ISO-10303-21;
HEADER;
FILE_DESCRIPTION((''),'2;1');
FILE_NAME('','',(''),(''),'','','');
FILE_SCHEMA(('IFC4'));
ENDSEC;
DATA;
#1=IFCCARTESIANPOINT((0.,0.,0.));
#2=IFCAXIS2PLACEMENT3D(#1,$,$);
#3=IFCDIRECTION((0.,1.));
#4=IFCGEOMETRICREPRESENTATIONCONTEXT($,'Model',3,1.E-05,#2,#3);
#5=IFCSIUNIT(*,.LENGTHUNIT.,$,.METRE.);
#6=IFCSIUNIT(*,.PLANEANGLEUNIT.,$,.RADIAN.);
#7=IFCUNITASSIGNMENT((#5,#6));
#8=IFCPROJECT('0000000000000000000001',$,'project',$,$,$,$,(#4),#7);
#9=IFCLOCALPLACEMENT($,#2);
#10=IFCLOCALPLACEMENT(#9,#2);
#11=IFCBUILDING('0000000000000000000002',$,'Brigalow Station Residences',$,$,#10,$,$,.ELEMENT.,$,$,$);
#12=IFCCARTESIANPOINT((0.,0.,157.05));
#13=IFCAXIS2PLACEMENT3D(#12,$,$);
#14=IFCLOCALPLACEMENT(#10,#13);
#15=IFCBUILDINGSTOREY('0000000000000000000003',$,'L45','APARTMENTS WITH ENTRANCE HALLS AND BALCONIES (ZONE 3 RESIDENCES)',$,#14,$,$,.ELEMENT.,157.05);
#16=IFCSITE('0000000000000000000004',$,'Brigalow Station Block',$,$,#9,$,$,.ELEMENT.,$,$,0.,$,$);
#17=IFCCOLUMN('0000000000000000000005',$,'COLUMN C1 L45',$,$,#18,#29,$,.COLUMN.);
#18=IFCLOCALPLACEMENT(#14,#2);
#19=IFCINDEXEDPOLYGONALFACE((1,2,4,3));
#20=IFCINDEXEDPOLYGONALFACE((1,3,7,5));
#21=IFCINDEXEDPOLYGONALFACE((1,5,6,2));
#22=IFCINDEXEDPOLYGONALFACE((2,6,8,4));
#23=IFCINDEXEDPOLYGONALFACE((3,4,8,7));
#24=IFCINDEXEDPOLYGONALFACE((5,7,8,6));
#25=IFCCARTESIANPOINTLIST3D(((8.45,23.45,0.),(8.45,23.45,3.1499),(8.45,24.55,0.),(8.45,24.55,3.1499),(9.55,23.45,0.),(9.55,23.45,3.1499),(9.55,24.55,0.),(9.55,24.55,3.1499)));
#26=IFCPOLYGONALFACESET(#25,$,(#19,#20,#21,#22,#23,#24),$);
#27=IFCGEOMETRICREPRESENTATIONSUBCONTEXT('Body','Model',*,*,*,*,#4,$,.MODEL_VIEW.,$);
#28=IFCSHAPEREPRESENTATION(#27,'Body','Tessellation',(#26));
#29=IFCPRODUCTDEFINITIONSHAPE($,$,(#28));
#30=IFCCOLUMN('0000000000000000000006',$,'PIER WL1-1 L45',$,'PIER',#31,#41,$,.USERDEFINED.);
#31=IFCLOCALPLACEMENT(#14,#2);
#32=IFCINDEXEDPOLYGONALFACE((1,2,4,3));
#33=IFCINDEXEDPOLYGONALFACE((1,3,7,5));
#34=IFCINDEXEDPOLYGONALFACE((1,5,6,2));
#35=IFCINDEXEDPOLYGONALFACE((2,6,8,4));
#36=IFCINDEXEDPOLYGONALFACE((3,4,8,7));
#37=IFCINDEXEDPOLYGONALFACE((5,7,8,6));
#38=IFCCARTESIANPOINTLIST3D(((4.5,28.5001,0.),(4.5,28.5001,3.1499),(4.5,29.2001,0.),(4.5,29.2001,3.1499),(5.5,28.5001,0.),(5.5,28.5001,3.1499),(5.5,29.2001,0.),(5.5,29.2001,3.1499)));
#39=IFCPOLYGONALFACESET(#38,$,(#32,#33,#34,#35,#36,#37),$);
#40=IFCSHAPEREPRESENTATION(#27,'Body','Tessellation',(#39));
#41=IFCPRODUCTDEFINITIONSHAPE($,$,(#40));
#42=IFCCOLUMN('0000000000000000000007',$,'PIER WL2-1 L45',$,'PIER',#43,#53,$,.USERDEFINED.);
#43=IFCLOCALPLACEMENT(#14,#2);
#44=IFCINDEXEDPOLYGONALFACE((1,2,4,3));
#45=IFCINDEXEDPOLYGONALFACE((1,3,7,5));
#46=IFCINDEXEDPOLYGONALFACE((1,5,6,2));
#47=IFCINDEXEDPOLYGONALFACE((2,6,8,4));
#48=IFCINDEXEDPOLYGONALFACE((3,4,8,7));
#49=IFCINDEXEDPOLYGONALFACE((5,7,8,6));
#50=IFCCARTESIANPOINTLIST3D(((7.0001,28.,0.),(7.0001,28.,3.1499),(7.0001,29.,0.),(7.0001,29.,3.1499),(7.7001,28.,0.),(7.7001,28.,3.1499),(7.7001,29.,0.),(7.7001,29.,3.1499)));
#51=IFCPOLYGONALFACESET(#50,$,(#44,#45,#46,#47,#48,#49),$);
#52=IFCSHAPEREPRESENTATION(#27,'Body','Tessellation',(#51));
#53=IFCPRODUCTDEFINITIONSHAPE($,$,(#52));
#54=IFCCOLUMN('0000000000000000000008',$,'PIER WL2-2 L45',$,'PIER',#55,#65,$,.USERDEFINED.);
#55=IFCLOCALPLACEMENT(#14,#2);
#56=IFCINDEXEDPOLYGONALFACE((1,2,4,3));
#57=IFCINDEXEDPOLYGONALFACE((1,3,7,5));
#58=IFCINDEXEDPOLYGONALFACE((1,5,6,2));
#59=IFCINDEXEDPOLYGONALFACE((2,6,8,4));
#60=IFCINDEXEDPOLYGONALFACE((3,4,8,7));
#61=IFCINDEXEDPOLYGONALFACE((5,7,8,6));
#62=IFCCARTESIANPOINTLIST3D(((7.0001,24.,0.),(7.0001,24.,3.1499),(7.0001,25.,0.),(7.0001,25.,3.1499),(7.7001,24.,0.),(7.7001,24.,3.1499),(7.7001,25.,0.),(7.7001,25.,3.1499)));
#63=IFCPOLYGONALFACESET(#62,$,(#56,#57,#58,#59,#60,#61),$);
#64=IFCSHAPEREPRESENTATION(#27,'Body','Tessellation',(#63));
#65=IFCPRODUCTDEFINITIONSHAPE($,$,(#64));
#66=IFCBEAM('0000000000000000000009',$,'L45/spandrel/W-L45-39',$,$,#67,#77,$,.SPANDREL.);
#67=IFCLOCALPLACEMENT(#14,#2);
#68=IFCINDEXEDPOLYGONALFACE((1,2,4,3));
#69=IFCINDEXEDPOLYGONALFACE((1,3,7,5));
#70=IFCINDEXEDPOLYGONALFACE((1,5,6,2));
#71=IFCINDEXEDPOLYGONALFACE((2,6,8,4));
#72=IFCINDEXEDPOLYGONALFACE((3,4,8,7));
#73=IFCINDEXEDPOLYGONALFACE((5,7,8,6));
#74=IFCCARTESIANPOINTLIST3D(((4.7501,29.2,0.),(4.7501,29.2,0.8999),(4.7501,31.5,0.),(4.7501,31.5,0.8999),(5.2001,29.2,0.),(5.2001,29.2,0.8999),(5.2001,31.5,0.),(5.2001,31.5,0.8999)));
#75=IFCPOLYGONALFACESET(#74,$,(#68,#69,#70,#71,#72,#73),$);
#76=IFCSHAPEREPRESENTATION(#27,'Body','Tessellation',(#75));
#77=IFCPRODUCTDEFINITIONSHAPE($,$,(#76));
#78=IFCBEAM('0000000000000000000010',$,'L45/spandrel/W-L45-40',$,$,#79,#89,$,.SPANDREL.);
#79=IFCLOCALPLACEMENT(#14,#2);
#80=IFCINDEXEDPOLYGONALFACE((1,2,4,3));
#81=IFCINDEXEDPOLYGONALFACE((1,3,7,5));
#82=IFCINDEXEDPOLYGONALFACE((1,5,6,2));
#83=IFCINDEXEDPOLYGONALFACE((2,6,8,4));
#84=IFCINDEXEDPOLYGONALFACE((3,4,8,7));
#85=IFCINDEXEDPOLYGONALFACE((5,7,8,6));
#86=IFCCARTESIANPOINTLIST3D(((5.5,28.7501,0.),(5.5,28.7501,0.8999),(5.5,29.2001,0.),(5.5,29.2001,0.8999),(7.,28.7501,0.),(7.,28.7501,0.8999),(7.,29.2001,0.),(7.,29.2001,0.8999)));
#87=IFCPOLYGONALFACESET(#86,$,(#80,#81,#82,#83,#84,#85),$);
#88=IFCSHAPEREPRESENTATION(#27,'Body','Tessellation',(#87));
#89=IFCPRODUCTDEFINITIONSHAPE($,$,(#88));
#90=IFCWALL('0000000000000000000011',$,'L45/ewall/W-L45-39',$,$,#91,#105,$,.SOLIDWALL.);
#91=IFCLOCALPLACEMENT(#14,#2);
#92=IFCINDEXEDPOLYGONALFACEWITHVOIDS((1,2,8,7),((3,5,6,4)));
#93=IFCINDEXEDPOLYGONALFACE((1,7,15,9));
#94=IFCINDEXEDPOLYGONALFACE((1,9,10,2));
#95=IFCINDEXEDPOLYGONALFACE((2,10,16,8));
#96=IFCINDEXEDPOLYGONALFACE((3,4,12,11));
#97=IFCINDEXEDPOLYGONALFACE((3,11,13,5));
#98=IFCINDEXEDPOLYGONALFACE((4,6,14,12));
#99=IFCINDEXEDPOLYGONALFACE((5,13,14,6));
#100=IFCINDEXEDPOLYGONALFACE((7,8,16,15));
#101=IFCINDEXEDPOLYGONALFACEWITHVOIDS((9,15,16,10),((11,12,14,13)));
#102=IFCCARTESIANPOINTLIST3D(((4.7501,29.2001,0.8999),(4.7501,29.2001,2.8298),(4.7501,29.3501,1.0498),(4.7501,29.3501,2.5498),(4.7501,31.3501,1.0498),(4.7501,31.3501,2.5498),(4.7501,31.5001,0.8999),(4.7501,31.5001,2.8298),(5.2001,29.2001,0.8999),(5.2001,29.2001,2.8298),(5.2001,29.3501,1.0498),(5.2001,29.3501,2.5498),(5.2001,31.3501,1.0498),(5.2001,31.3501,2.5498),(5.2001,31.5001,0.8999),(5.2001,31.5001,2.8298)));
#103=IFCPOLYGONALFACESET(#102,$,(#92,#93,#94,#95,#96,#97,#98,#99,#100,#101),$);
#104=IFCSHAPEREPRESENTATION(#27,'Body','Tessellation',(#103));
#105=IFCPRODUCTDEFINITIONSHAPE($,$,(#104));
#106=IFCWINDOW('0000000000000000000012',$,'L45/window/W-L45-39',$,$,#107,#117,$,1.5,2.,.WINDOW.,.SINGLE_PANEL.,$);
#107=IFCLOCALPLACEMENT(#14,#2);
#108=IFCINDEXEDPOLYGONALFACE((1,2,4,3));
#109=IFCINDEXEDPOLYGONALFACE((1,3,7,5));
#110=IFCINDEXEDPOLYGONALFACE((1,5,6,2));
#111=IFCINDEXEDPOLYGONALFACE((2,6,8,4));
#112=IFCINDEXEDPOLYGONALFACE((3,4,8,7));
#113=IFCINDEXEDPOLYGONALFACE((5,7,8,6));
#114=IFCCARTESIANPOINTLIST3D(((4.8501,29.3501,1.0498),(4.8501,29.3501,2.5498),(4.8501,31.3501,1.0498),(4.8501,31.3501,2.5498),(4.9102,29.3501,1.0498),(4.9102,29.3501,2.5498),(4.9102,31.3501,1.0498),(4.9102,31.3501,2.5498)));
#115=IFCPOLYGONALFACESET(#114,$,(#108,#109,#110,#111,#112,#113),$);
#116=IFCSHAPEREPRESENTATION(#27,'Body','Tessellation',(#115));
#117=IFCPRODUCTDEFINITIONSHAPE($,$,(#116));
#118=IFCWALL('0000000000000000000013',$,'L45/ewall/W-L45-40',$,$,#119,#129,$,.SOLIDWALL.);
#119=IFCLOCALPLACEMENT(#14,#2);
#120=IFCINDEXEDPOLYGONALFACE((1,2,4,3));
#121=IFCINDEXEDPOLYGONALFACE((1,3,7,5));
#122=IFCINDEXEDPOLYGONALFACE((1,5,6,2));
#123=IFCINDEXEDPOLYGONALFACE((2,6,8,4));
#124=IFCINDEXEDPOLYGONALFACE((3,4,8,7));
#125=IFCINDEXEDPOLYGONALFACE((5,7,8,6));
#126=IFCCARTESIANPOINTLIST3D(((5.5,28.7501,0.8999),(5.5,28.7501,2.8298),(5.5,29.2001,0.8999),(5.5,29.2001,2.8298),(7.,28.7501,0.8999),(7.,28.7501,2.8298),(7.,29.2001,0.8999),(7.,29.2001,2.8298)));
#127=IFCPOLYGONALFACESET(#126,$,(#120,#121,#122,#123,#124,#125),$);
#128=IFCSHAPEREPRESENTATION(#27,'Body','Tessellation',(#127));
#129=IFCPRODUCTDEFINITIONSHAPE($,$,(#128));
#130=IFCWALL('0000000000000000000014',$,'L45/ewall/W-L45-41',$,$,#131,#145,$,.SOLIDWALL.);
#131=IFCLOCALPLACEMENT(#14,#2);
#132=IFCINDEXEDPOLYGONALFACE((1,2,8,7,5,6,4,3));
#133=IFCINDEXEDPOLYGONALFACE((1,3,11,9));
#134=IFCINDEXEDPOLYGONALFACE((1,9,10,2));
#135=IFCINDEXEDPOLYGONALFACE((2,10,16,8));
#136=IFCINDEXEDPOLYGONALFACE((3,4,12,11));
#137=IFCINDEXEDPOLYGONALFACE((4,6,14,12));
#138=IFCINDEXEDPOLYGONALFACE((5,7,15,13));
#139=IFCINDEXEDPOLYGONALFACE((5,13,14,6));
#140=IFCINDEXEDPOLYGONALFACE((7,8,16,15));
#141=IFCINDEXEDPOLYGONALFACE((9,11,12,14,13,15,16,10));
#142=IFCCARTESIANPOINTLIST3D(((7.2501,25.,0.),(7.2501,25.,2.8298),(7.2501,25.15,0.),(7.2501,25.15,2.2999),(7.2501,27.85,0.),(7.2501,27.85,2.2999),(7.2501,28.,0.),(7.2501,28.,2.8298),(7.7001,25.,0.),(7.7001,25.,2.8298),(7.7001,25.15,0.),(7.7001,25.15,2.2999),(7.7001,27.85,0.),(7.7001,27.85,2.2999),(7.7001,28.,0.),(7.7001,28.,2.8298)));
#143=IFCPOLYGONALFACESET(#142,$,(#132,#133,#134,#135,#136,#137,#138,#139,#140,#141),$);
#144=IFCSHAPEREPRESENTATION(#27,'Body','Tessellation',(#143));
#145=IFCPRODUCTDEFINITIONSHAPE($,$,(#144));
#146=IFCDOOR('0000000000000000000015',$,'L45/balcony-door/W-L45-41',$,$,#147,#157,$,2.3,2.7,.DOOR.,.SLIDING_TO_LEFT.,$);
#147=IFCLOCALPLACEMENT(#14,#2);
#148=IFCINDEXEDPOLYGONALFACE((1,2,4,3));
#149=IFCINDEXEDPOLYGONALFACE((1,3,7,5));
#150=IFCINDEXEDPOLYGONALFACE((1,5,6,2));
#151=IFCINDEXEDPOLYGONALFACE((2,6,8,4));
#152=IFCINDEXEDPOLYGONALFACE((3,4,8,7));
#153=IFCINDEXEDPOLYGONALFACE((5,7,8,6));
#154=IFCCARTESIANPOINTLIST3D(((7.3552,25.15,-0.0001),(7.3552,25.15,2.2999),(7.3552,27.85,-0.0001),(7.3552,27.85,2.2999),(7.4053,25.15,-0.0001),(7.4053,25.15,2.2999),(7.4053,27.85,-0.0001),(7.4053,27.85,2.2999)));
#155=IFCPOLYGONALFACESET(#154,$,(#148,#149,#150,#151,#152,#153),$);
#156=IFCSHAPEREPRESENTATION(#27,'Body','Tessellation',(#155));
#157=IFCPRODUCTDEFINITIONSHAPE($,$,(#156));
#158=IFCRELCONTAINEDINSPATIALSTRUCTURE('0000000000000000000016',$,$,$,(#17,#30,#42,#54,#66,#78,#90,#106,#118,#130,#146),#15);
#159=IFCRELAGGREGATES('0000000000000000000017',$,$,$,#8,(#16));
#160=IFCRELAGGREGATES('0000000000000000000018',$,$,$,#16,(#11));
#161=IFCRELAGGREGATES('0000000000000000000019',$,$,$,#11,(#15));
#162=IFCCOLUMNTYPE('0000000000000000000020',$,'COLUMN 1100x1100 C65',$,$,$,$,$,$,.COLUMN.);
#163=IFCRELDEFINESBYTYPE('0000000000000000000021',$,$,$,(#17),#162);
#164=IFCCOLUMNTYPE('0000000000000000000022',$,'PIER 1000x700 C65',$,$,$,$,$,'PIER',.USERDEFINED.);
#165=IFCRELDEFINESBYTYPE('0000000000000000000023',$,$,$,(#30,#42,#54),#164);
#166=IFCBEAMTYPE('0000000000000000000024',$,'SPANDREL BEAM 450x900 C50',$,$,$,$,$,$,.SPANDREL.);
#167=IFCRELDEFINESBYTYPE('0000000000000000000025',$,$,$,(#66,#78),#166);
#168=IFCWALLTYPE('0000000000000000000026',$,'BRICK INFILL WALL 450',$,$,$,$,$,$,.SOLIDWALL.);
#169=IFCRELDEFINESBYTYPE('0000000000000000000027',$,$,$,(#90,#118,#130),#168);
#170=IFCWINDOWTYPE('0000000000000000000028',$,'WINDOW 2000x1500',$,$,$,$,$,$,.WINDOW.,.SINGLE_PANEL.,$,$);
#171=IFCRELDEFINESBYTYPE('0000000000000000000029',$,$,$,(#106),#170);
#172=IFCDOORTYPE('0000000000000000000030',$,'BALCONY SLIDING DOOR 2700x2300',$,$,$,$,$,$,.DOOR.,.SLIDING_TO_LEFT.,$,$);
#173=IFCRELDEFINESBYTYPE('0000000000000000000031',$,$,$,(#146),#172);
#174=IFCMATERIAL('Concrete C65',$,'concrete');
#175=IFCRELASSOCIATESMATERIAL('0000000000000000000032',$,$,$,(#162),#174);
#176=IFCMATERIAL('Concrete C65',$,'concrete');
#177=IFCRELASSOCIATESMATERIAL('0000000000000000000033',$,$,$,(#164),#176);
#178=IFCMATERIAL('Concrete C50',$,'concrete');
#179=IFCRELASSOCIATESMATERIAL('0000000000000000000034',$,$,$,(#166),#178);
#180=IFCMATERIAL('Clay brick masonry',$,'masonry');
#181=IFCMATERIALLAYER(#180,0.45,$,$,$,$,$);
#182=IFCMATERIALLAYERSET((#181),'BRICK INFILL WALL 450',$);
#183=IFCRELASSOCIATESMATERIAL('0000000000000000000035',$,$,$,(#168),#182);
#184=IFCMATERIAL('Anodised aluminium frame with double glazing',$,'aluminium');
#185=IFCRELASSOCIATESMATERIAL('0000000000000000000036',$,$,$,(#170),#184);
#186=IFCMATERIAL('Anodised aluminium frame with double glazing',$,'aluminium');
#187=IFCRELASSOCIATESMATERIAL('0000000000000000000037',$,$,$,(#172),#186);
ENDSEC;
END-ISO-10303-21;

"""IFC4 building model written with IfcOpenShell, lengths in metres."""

from ifc_helpers import new_model, si_unit, direction, frame, frame_2d, origin, origin_2d, place, context, subcontext, project, spatial, rectangle, extrude, material, layer, layer_set, material_profile, profile_set, type_object, element, fill, save


model = new_model("IFC4")

# Units and contexts
model_context = context("Model", 3, precision=1e-05, world=origin(), true_north=direction((0.0, 1.0)))
body_context = subcontext(model_context, "Body", "Model", "MODEL_VIEW")
ifc_project = project(units=[si_unit("LENGTHUNIT", "METRE"), si_unit("PLANEANGLEUNIT", "RADIAN")], contexts=[model_context])

# Site, building, storey
site_placement = place(None, origin())
site = spatial("IfcSite", under=ifc_project, at=site_placement, Name="Brigalow Station Block", CompositionType="ELEMENT", RefElevation=0.0)
building_placement = place(site_placement, origin())
building = spatial("IfcBuilding", under=site, at=building_placement, Name="Brigalow Station Residences", CompositionType="ELEMENT")
storey_placement = place(building_placement, frame((0.0, 0.0, 157.05)))
storey = spatial("IfcBuildingStorey", under=building, at=storey_placement, Name="L45", Description="APARTMENTS WITH ENTRANCE HALLS AND BALCONIES (ZONE 3 RESIDENCES)", CompositionType="ELEMENT", Elevation=157.05)

# Columns
ifc_material_1 = material(Name="Concrete C65", Category="concrete")
ifc_material_profile_1 = material_profile(ifc_material_1, rectangle(XDim=1.1001, YDim=1.1001, at=origin_2d()), Name="RC1100x1100")
ifc_profile_set_1 = profile_set([ifc_material_profile_1], Name="Concrete C65")
column_type_1 = type_object("IfcColumnType", Name="COLUMN 1100x1100 C65", PredefinedType="COLUMN", material=ifc_profile_set_1)
column_placement = place(storey_placement, frame((9.0, 24.0, 0.0), z_axis=(0.0, 0.0, 1.0), x_axis=(1.0, 0.0, 0.0)))
element("IfcColumn", 1, at=column_placement, inside=storey, type_object=column_type_1, Name="COLUMN C1 L45", PredefinedType="COLUMN", context=body_context, shape_type="SweptSolid", body=[
    extrude(rectangle(XDim=1.1001, YDim=1.1001, at=origin_2d()), origin(), (0.0, 0.0, 1.0), 3.1499),
])
ifc_material_2 = material(Name="Concrete C65", Category="concrete")
ifc_material_profile_2 = material_profile(ifc_material_2, rectangle(XDim=1.0, YDim=0.7, at=origin_2d()), Name="RC1000x700")
ifc_profile_set_2 = profile_set([ifc_material_profile_2], Name="Concrete C65")
column_type_2 = type_object("IfcColumnType", Name="PIER 1000x700 C65", ElementType="PIER", PredefinedType="USERDEFINED", material=ifc_profile_set_2)
for number, where, z_axis, x_axis, name in (
    (2, (5.0, 28.8501, 0.0), (0.0, 0.0, 1.0), (1.0, 0.0, 0.0), "PIER WL1-1 L45"),
    (3, (7.3501, 28.5, 0.0), (0.0, 0.0, 1.0), (0.0, -1.0, 0.0), "PIER WL2-1 L45"),
    (4, (7.3501, 24.5, 0.0), (0.0, 0.0, 1.0), (0.0, -1.0, 0.0), "PIER WL2-2 L45"),
):
    element("IfcColumn", number, at=place(storey_placement, frame(where, z_axis=z_axis, x_axis=x_axis)), inside=storey, type_object=column_type_2, Name=name, ObjectType="PIER", PredefinedType="USERDEFINED", context=body_context, shape_type="SweptSolid", body=[
        extrude(rectangle(XDim=1.0, YDim=0.7, at=origin_2d()), origin(), (0.0, 0.0, 1.0), 3.1499),
    ])

# Beams
ifc_material_3 = material(Name="Concrete C50", Category="concrete")
ifc_material_profile_3 = material_profile(ifc_material_3, rectangle(XDim=0.45, YDim=0.8999, at=origin_2d()), Name="RC450x900")
ifc_profile_set_3 = profile_set([ifc_material_profile_3], Name="Concrete C50")
beam_type = type_object("IfcBeamType", Name="SPANDREL BEAM 450x900 C50", PredefinedType="SPANDREL", material=ifc_profile_set_3)
beam_1_placement = place(storey_placement, frame((4.9751, 31.5, 0.45), z_axis=(0.0, -1.0, 0.0), x_axis=(1.0, 0.0, 0.0)))
element("IfcBeam", 5, at=beam_1_placement, inside=storey, type_object=beam_type, Name="L45/spandrel/W-L45-39", PredefinedType="SPANDREL", context=body_context, shape_type="SweptSolid", body=[
    extrude(rectangle(XDim=0.45, YDim=0.8999, at=origin_2d()), origin(), (0.0, 0.0, 1.0), 2.3),
])
beam_2_placement = place(storey_placement, frame((5.5, 28.9751, 0.45), z_axis=(1.0, 0.0, 0.0), x_axis=(0.0, 1.0, 0.0)))
element("IfcBeam", 6, at=beam_2_placement, inside=storey, type_object=beam_type, Name="L45/spandrel/W-L45-40", PredefinedType="SPANDREL", context=body_context, shape_type="SweptSolid", body=[
    extrude(rectangle(XDim=0.45, YDim=0.8999, at=origin_2d()), origin(), (0.0, 0.0, 1.0), 1.5),
])

# Wall, opening, window
ifc_material_4 = material(Name="Clay brick masonry", Category="masonry")
ifc_layer_1 = layer(ifc_material_4, 0.45)
ifc_layer_set_1 = layer_set([ifc_layer_1], Name="BRICK INFILL WALL 450")
wall_type_1 = type_object("IfcWallType", Name="BRICK INFILL WALL 450", PredefinedType="SOLIDWALL", material=ifc_layer_set_1)
wall_1_placement = place(storey_placement, frame((4.9751, 31.5, 0.8999), z_axis=(0.0, 0.0, 1.0), x_axis=(0.0, -1.0, 0.0)))
wall_1 = element("IfcWall", 7, at=wall_1_placement, inside=storey, type_object=wall_type_1, Name="L45/ewall/W-L45-39", PredefinedType="SOLIDWALL", context=body_context, shape_type="SweptSolid", body=[
    extrude(rectangle(XDim=2.3, YDim=0.45, at=frame_2d((1.1499, 0.0))), origin(), (0.0, 0.0, 1.0), 1.9299),
])
opening_1_placement = place(wall_1_placement, frame((0.1499, 0.0, 0.1499)))
opening_1 = element("IfcOpeningElement", 8, at=opening_1_placement, cuts=wall_1, PredefinedType="OPENING", context=body_context, shape_type="SweptSolid", body=[
    extrude(rectangle(XDim=2.0, YDim=1.5, at=frame_2d((1.0, 0.75))), frame((0.0, 0.2349, 0.0), z_axis=(0.0, -1.0, 0.0), x_axis=(1.0, 0.0, 0.0)), (0.0, 0.0, 1.0), 0.47),
])
ifc_material_5 = material(Name="Anodised aluminium frame with double glazing", Category="aluminium")
window_type = type_object("IfcWindowType", Name="WINDOW 2000x1500", PartitioningType="SINGLE_PANEL", PredefinedType="WINDOW", material=ifc_material_5)
window_placement = place(opening_1_placement, origin())
window = element("IfcWindow", 9, at=window_placement, inside=storey, type_object=window_type, Name="L45/window/W-L45-39", OverallHeight=1.5, OverallWidth=2.0, PartitioningType="SINGLE_PANEL", PredefinedType="WINDOW", context=body_context, shape_type="SweptSolid", body=[
    extrude(rectangle(XDim=2.0, YDim=1.5, at=frame_2d((1.0, 0.75))), frame((0.0, -0.0649, 0.0), z_axis=(0.0, -1.0, 0.0), x_axis=(1.0, 0.0, 0.0)), (0.0, 0.0, 1.0), 0.0601),
])
fill(opening_1, window)

# Wall
wall_2_placement = place(storey_placement, frame((5.5, 28.9751, 0.8999), z_axis=(0.0, 0.0, 1.0), x_axis=(1.0, 0.0, 0.0)))
element("IfcWall", 10, at=wall_2_placement, inside=storey, type_object=wall_type_1, Name="L45/ewall/W-L45-40", PredefinedType="SOLIDWALL", context=body_context, shape_type="SweptSolid", body=[
    extrude(rectangle(XDim=1.5, YDim=0.45, at=frame_2d((0.75, 0.0))), origin(), (0.0, 0.0, 1.0), 1.9299),
])

# Wall, opening, door
wall_3_placement = place(storey_placement, frame((7.4751, 28.0, 0.0), z_axis=(0.0, 0.0, 1.0), x_axis=(0.0, -1.0, 0.0)))
wall_3 = element("IfcWall", 11, at=wall_3_placement, inside=storey, type_object=wall_type_1, Name="L45/ewall/W-L45-41", PredefinedType="SOLIDWALL", context=body_context, shape_type="SweptSolid", body=[
    extrude(rectangle(XDim=3.0, YDim=0.45, at=frame_2d((1.5, 0.0))), origin(), (0.0, 0.0, 1.0), 2.8298),
])
opening_2_placement = place(wall_3_placement, frame((0.1499, 0.0, 0.0)))
opening_2 = element("IfcOpeningElement", 12, at=opening_2_placement, cuts=wall_3, PredefinedType="OPENING", context=body_context, shape_type="SweptSolid", body=[
    extrude(rectangle(XDim=2.7, YDim=2.3, at=frame_2d((1.3501, 1.1499))), frame((0.0, 0.2349, 0.0), z_axis=(0.0, -1.0, 0.0), x_axis=(1.0, 0.0, 0.0)), (0.0, 0.0, 1.0), 0.47),
])
ifc_material_6 = material(Name="Anodised aluminium frame with double glazing", Category="aluminium")
door_type_1 = type_object("IfcDoorType", Name="BALCONY SLIDING DOOR 2700x2300", OperationType="SLIDING_TO_LEFT", PredefinedType="DOOR", material=ifc_material_6)
door_1_placement = place(opening_2_placement, origin())
door_1 = element("IfcDoor", 13, at=door_1_placement, inside=storey, type_object=door_type_1, Name="L45/balcony-door/W-L45-41", OperationType="SLIDING_TO_LEFT", OverallHeight=2.3, OverallWidth=2.7, PredefinedType="DOOR", context=body_context, shape_type="SweptSolid", body=[
    extrude(rectangle(XDim=2.7, YDim=2.3, at=frame_2d((1.3501, 1.1499))), frame((0.0, -0.0698, 0.0), z_axis=(0.0, -1.0, 0.0), x_axis=(1.0, 0.0, 0.0)), (0.0, 0.0, 1.0), 0.05),
])
fill(opening_2, door_1)

save(model, "model.ifc")
